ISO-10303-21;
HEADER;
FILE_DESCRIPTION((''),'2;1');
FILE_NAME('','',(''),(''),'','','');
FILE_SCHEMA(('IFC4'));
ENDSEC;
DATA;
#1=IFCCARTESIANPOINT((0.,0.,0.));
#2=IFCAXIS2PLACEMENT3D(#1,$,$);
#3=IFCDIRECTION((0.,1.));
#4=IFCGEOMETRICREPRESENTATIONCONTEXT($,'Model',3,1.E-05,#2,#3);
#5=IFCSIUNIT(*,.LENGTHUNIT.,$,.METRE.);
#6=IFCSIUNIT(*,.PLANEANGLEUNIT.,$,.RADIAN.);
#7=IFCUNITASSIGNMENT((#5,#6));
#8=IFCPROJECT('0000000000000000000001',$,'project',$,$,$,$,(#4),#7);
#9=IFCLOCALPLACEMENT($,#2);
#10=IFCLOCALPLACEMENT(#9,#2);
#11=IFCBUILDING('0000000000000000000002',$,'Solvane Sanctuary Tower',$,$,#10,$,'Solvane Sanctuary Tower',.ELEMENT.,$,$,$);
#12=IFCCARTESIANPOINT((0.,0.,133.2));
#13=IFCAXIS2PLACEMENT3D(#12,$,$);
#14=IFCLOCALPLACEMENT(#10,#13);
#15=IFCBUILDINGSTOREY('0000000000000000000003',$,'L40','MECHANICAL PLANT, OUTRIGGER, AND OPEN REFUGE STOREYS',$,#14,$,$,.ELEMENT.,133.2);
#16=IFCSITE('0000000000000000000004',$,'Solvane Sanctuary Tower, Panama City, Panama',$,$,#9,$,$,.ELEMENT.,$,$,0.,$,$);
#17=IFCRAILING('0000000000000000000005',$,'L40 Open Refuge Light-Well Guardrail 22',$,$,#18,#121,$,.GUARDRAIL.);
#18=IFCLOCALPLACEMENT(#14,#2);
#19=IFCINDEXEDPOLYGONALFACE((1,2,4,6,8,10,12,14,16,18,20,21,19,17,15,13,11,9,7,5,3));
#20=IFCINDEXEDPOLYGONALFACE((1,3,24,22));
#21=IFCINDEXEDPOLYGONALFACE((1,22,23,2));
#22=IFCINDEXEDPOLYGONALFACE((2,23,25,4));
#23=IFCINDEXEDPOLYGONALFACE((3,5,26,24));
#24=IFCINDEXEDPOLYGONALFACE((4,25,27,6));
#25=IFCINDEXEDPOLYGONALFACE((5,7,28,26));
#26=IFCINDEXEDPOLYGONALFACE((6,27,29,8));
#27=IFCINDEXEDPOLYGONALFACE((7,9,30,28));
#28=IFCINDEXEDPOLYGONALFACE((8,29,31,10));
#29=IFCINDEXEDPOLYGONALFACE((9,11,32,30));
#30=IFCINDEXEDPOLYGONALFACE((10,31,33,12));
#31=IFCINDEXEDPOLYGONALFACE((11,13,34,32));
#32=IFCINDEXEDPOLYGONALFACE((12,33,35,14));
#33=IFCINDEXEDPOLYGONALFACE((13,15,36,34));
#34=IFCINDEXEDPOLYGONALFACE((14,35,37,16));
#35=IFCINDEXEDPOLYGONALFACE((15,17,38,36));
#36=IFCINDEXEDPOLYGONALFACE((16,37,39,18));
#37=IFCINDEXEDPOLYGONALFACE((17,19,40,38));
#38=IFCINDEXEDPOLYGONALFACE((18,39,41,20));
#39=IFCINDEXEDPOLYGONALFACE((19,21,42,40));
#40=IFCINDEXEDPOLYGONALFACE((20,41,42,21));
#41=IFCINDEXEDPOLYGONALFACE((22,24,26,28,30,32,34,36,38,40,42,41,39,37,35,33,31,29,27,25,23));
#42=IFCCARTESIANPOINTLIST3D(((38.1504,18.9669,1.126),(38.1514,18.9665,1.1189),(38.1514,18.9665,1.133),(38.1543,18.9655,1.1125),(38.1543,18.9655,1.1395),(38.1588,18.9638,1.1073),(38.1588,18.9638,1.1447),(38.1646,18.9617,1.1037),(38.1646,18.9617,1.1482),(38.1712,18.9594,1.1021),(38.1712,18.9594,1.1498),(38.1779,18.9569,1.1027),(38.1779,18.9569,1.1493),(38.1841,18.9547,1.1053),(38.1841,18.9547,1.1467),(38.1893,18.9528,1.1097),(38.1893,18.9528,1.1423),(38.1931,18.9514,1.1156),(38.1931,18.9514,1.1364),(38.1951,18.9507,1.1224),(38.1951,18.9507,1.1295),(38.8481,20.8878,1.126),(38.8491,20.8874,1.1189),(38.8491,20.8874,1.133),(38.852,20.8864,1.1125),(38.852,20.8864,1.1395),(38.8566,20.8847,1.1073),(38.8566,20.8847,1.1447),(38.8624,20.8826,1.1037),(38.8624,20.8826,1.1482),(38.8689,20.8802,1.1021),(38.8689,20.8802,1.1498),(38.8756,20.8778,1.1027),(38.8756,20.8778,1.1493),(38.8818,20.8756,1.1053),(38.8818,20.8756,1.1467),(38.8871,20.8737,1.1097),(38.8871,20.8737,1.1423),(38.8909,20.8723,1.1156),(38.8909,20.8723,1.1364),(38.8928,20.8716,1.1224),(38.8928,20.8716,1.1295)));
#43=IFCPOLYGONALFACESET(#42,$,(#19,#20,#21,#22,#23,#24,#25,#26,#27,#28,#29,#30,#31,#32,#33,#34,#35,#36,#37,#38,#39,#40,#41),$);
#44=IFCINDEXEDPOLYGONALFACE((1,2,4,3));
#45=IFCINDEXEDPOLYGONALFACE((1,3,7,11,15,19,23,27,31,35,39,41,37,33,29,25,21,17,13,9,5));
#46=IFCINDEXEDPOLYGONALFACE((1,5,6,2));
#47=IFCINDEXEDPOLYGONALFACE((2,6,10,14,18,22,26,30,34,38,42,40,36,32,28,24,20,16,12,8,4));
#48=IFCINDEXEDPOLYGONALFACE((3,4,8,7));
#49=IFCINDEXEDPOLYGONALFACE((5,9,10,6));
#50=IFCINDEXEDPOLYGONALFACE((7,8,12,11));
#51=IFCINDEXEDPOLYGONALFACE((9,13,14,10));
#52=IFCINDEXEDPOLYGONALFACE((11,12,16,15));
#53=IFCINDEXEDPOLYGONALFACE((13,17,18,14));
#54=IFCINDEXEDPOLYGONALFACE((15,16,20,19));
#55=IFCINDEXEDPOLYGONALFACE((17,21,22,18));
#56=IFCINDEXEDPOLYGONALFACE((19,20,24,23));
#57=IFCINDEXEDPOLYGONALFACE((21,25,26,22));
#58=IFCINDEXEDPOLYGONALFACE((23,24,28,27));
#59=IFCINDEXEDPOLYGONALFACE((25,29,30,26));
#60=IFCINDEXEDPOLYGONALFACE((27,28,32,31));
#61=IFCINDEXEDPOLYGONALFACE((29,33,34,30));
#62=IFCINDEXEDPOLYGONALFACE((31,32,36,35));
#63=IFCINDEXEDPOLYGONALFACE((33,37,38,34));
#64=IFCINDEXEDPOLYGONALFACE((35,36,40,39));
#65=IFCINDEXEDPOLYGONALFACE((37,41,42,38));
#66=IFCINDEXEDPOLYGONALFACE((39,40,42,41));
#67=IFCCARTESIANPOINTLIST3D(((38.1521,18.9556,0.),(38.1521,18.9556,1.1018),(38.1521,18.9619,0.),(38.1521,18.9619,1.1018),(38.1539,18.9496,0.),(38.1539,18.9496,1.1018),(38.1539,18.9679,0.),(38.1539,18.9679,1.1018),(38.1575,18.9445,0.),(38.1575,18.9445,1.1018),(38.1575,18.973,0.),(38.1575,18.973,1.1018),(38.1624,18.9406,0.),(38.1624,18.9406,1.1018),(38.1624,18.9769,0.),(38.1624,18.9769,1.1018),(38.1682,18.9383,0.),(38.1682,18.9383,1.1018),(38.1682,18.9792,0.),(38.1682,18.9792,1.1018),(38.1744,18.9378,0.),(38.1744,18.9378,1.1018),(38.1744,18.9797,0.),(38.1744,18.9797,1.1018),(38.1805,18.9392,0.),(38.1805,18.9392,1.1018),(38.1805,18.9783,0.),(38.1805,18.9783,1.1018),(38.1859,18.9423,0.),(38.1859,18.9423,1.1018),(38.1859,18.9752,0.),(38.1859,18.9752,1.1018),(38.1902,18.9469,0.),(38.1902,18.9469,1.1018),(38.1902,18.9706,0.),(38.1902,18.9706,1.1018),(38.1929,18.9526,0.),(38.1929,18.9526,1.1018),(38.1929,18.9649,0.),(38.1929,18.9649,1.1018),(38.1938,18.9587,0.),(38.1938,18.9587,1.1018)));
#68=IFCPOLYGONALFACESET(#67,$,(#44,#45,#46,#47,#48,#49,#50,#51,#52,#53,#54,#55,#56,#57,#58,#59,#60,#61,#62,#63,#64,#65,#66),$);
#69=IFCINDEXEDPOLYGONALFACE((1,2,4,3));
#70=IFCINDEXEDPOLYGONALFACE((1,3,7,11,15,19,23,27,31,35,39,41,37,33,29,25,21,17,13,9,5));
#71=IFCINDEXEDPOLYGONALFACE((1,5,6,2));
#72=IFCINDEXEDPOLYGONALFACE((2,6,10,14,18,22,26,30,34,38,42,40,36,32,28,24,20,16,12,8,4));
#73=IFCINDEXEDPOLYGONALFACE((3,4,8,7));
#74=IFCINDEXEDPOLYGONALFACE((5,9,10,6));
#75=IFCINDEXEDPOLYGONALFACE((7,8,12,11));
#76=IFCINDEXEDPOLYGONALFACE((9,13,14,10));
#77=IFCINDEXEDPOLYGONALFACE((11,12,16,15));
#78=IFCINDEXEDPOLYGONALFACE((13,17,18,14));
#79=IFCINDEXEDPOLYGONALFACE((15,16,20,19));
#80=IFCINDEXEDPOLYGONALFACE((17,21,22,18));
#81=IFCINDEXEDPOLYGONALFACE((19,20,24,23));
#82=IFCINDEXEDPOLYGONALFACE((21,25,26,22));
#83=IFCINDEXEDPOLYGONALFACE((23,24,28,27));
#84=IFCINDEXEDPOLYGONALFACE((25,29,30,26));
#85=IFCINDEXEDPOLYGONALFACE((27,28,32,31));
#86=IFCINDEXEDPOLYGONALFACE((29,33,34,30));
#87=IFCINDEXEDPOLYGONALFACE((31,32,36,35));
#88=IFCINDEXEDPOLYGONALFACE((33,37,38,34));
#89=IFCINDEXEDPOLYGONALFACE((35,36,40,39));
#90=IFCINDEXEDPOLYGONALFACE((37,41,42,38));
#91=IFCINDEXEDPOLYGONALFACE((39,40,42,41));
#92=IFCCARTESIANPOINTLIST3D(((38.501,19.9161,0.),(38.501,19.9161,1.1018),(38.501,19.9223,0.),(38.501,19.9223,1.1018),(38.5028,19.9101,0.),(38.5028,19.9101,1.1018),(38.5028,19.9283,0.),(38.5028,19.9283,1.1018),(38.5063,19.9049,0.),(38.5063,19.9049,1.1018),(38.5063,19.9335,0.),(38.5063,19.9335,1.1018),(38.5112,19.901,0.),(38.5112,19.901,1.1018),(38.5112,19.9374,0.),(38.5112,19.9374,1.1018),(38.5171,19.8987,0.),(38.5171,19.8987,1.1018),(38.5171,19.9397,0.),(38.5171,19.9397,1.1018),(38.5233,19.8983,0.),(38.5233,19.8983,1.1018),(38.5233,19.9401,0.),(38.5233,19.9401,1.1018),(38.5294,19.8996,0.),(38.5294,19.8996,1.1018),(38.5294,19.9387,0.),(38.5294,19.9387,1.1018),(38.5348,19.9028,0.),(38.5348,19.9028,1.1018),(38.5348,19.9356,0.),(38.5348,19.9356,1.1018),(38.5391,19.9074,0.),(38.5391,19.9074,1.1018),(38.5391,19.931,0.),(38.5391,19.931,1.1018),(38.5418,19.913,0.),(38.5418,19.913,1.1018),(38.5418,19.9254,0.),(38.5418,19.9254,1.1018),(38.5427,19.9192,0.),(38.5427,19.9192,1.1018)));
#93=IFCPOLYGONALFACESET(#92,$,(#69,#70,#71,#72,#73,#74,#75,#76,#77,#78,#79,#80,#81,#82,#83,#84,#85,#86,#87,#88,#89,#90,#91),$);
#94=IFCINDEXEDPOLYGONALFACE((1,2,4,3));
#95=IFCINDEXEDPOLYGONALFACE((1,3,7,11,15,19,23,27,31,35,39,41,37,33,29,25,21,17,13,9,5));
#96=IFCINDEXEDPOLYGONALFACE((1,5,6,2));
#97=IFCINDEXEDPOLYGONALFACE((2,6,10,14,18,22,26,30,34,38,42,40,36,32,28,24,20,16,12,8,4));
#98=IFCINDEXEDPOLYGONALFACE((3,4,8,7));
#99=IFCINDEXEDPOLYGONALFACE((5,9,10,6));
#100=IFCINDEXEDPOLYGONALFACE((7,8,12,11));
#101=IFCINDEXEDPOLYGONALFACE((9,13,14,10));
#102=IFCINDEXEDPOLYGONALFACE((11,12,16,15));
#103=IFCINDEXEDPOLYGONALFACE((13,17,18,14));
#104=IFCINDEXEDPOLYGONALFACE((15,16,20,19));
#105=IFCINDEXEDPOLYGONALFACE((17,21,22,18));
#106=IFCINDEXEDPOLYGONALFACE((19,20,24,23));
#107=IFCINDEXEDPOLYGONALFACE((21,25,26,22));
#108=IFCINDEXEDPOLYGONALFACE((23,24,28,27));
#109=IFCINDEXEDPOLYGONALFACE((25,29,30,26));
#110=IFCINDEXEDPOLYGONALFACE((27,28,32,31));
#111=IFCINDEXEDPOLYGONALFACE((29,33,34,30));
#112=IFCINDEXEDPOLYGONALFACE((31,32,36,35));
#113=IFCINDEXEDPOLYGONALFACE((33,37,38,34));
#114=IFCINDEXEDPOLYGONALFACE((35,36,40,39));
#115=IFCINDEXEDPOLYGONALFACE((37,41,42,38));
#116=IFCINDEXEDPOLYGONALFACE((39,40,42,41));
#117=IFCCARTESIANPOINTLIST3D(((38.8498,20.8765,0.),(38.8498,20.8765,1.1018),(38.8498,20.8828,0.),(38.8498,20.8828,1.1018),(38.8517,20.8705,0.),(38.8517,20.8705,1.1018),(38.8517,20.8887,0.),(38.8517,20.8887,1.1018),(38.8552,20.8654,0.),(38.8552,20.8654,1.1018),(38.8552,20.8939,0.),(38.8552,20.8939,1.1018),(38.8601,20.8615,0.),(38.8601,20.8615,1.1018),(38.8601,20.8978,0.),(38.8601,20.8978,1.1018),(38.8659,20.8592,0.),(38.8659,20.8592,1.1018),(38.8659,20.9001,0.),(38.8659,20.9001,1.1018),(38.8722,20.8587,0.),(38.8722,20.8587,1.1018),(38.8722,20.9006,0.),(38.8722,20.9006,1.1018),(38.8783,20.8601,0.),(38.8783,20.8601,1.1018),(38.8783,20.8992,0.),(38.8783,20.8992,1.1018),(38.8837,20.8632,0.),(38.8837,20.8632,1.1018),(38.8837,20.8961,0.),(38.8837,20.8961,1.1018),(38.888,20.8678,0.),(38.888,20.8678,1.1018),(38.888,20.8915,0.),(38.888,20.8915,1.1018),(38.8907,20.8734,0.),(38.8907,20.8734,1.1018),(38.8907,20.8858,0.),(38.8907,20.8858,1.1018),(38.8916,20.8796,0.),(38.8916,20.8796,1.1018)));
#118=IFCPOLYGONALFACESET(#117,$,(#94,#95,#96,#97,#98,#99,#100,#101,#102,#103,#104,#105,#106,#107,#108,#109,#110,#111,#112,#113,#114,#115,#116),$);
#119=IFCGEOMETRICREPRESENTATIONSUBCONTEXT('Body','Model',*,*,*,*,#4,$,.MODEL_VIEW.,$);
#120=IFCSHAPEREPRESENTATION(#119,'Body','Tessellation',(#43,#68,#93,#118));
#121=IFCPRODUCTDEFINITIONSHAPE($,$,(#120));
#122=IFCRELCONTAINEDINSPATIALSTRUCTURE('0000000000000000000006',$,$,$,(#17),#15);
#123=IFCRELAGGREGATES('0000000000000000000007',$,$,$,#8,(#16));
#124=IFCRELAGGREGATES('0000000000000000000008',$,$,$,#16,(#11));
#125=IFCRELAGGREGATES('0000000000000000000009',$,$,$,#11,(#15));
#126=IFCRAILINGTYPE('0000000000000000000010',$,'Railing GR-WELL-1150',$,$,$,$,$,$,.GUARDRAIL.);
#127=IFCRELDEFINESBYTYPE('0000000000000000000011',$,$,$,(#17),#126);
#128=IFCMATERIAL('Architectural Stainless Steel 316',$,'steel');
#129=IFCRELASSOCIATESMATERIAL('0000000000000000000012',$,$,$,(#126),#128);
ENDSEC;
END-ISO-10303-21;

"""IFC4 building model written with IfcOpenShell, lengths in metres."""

from ifc_helpers import new_model, si_unit, direction, frame, origin, origin_2d, place, context, subcontext, project, spatial, circle, extrude, material, type_object, element, save


model = new_model("IFC4")

# Units and contexts
model_context = context("Model", 3, precision=1e-05, world=origin(), true_north=direction((0.0, 1.0)))
body_context = subcontext(model_context, "Body", "Model", "MODEL_VIEW")
ifc_project = project(units=[si_unit("LENGTHUNIT", "METRE"), si_unit("PLANEANGLEUNIT", "RADIAN")], contexts=[model_context])

# Site, building, storey
site_placement = place(None, origin())
site = spatial("IfcSite", under=ifc_project, at=site_placement, Name="Solvane Sanctuary Tower, Panama City, Panama", CompositionType="ELEMENT", RefElevation=0.0)
building_placement = place(site_placement, origin())
building = spatial("IfcBuilding", under=site, at=building_placement, Name="Solvane Sanctuary Tower", LongName="Solvane Sanctuary Tower", CompositionType="ELEMENT")
storey_placement = place(building_placement, frame((0.0, 0.0, 133.2)))
storey = spatial("IfcBuildingStorey", under=building, at=storey_placement, Name="L40", Description="MECHANICAL PLANT, OUTRIGGER, AND OPEN REFUGE STOREYS", CompositionType="ELEMENT", Elevation=133.2)

# Shared definitions
ifc_material_1 = material(Name="Architectural Stainless Steel 316", Category="steel")

# Railing
railing_type_1 = type_object("IfcRailingType", Name="Railing GR-WELL-1150", PredefinedType="GUARDRAIL", material=ifc_material_1)
railing_1_placement = place(storey_placement, frame((38.1729, 18.9587, 0.0)))
element("IfcRailing", 1, at=railing_1_placement, inside=storey, type_object=railing_type_1, Name="L40 Open Refuge Light-Well Guardrail 22", PredefinedType="GUARDRAIL", context=body_context, shape_type="SweptSolid", body=[
    extrude(circle(Radius=0.0239, at=origin_2d()), frame((0.0, 0.0, 1.126), z_axis=(0.341417, 0.939912, 0.0), x_axis=(-0.939912, 0.341417, 0.0)), (0.0, 0.0, 1.0), 2.0437),
    extrude(circle(Radius=0.021, at=origin_2d()), origin(), (0.0, 0.0, 1.0), 1.1018),
    extrude(circle(Radius=0.021, at=origin_2d()), frame((0.3489, 0.9604, 0.0)), (0.0, 0.0, 1.0), 1.1018),
    extrude(circle(Radius=0.021, at=origin_2d()), frame((0.6978, 1.9209, 0.0)), (0.0, 0.0, 1.0), 1.1018),
])

save(model, "model.ifc")
